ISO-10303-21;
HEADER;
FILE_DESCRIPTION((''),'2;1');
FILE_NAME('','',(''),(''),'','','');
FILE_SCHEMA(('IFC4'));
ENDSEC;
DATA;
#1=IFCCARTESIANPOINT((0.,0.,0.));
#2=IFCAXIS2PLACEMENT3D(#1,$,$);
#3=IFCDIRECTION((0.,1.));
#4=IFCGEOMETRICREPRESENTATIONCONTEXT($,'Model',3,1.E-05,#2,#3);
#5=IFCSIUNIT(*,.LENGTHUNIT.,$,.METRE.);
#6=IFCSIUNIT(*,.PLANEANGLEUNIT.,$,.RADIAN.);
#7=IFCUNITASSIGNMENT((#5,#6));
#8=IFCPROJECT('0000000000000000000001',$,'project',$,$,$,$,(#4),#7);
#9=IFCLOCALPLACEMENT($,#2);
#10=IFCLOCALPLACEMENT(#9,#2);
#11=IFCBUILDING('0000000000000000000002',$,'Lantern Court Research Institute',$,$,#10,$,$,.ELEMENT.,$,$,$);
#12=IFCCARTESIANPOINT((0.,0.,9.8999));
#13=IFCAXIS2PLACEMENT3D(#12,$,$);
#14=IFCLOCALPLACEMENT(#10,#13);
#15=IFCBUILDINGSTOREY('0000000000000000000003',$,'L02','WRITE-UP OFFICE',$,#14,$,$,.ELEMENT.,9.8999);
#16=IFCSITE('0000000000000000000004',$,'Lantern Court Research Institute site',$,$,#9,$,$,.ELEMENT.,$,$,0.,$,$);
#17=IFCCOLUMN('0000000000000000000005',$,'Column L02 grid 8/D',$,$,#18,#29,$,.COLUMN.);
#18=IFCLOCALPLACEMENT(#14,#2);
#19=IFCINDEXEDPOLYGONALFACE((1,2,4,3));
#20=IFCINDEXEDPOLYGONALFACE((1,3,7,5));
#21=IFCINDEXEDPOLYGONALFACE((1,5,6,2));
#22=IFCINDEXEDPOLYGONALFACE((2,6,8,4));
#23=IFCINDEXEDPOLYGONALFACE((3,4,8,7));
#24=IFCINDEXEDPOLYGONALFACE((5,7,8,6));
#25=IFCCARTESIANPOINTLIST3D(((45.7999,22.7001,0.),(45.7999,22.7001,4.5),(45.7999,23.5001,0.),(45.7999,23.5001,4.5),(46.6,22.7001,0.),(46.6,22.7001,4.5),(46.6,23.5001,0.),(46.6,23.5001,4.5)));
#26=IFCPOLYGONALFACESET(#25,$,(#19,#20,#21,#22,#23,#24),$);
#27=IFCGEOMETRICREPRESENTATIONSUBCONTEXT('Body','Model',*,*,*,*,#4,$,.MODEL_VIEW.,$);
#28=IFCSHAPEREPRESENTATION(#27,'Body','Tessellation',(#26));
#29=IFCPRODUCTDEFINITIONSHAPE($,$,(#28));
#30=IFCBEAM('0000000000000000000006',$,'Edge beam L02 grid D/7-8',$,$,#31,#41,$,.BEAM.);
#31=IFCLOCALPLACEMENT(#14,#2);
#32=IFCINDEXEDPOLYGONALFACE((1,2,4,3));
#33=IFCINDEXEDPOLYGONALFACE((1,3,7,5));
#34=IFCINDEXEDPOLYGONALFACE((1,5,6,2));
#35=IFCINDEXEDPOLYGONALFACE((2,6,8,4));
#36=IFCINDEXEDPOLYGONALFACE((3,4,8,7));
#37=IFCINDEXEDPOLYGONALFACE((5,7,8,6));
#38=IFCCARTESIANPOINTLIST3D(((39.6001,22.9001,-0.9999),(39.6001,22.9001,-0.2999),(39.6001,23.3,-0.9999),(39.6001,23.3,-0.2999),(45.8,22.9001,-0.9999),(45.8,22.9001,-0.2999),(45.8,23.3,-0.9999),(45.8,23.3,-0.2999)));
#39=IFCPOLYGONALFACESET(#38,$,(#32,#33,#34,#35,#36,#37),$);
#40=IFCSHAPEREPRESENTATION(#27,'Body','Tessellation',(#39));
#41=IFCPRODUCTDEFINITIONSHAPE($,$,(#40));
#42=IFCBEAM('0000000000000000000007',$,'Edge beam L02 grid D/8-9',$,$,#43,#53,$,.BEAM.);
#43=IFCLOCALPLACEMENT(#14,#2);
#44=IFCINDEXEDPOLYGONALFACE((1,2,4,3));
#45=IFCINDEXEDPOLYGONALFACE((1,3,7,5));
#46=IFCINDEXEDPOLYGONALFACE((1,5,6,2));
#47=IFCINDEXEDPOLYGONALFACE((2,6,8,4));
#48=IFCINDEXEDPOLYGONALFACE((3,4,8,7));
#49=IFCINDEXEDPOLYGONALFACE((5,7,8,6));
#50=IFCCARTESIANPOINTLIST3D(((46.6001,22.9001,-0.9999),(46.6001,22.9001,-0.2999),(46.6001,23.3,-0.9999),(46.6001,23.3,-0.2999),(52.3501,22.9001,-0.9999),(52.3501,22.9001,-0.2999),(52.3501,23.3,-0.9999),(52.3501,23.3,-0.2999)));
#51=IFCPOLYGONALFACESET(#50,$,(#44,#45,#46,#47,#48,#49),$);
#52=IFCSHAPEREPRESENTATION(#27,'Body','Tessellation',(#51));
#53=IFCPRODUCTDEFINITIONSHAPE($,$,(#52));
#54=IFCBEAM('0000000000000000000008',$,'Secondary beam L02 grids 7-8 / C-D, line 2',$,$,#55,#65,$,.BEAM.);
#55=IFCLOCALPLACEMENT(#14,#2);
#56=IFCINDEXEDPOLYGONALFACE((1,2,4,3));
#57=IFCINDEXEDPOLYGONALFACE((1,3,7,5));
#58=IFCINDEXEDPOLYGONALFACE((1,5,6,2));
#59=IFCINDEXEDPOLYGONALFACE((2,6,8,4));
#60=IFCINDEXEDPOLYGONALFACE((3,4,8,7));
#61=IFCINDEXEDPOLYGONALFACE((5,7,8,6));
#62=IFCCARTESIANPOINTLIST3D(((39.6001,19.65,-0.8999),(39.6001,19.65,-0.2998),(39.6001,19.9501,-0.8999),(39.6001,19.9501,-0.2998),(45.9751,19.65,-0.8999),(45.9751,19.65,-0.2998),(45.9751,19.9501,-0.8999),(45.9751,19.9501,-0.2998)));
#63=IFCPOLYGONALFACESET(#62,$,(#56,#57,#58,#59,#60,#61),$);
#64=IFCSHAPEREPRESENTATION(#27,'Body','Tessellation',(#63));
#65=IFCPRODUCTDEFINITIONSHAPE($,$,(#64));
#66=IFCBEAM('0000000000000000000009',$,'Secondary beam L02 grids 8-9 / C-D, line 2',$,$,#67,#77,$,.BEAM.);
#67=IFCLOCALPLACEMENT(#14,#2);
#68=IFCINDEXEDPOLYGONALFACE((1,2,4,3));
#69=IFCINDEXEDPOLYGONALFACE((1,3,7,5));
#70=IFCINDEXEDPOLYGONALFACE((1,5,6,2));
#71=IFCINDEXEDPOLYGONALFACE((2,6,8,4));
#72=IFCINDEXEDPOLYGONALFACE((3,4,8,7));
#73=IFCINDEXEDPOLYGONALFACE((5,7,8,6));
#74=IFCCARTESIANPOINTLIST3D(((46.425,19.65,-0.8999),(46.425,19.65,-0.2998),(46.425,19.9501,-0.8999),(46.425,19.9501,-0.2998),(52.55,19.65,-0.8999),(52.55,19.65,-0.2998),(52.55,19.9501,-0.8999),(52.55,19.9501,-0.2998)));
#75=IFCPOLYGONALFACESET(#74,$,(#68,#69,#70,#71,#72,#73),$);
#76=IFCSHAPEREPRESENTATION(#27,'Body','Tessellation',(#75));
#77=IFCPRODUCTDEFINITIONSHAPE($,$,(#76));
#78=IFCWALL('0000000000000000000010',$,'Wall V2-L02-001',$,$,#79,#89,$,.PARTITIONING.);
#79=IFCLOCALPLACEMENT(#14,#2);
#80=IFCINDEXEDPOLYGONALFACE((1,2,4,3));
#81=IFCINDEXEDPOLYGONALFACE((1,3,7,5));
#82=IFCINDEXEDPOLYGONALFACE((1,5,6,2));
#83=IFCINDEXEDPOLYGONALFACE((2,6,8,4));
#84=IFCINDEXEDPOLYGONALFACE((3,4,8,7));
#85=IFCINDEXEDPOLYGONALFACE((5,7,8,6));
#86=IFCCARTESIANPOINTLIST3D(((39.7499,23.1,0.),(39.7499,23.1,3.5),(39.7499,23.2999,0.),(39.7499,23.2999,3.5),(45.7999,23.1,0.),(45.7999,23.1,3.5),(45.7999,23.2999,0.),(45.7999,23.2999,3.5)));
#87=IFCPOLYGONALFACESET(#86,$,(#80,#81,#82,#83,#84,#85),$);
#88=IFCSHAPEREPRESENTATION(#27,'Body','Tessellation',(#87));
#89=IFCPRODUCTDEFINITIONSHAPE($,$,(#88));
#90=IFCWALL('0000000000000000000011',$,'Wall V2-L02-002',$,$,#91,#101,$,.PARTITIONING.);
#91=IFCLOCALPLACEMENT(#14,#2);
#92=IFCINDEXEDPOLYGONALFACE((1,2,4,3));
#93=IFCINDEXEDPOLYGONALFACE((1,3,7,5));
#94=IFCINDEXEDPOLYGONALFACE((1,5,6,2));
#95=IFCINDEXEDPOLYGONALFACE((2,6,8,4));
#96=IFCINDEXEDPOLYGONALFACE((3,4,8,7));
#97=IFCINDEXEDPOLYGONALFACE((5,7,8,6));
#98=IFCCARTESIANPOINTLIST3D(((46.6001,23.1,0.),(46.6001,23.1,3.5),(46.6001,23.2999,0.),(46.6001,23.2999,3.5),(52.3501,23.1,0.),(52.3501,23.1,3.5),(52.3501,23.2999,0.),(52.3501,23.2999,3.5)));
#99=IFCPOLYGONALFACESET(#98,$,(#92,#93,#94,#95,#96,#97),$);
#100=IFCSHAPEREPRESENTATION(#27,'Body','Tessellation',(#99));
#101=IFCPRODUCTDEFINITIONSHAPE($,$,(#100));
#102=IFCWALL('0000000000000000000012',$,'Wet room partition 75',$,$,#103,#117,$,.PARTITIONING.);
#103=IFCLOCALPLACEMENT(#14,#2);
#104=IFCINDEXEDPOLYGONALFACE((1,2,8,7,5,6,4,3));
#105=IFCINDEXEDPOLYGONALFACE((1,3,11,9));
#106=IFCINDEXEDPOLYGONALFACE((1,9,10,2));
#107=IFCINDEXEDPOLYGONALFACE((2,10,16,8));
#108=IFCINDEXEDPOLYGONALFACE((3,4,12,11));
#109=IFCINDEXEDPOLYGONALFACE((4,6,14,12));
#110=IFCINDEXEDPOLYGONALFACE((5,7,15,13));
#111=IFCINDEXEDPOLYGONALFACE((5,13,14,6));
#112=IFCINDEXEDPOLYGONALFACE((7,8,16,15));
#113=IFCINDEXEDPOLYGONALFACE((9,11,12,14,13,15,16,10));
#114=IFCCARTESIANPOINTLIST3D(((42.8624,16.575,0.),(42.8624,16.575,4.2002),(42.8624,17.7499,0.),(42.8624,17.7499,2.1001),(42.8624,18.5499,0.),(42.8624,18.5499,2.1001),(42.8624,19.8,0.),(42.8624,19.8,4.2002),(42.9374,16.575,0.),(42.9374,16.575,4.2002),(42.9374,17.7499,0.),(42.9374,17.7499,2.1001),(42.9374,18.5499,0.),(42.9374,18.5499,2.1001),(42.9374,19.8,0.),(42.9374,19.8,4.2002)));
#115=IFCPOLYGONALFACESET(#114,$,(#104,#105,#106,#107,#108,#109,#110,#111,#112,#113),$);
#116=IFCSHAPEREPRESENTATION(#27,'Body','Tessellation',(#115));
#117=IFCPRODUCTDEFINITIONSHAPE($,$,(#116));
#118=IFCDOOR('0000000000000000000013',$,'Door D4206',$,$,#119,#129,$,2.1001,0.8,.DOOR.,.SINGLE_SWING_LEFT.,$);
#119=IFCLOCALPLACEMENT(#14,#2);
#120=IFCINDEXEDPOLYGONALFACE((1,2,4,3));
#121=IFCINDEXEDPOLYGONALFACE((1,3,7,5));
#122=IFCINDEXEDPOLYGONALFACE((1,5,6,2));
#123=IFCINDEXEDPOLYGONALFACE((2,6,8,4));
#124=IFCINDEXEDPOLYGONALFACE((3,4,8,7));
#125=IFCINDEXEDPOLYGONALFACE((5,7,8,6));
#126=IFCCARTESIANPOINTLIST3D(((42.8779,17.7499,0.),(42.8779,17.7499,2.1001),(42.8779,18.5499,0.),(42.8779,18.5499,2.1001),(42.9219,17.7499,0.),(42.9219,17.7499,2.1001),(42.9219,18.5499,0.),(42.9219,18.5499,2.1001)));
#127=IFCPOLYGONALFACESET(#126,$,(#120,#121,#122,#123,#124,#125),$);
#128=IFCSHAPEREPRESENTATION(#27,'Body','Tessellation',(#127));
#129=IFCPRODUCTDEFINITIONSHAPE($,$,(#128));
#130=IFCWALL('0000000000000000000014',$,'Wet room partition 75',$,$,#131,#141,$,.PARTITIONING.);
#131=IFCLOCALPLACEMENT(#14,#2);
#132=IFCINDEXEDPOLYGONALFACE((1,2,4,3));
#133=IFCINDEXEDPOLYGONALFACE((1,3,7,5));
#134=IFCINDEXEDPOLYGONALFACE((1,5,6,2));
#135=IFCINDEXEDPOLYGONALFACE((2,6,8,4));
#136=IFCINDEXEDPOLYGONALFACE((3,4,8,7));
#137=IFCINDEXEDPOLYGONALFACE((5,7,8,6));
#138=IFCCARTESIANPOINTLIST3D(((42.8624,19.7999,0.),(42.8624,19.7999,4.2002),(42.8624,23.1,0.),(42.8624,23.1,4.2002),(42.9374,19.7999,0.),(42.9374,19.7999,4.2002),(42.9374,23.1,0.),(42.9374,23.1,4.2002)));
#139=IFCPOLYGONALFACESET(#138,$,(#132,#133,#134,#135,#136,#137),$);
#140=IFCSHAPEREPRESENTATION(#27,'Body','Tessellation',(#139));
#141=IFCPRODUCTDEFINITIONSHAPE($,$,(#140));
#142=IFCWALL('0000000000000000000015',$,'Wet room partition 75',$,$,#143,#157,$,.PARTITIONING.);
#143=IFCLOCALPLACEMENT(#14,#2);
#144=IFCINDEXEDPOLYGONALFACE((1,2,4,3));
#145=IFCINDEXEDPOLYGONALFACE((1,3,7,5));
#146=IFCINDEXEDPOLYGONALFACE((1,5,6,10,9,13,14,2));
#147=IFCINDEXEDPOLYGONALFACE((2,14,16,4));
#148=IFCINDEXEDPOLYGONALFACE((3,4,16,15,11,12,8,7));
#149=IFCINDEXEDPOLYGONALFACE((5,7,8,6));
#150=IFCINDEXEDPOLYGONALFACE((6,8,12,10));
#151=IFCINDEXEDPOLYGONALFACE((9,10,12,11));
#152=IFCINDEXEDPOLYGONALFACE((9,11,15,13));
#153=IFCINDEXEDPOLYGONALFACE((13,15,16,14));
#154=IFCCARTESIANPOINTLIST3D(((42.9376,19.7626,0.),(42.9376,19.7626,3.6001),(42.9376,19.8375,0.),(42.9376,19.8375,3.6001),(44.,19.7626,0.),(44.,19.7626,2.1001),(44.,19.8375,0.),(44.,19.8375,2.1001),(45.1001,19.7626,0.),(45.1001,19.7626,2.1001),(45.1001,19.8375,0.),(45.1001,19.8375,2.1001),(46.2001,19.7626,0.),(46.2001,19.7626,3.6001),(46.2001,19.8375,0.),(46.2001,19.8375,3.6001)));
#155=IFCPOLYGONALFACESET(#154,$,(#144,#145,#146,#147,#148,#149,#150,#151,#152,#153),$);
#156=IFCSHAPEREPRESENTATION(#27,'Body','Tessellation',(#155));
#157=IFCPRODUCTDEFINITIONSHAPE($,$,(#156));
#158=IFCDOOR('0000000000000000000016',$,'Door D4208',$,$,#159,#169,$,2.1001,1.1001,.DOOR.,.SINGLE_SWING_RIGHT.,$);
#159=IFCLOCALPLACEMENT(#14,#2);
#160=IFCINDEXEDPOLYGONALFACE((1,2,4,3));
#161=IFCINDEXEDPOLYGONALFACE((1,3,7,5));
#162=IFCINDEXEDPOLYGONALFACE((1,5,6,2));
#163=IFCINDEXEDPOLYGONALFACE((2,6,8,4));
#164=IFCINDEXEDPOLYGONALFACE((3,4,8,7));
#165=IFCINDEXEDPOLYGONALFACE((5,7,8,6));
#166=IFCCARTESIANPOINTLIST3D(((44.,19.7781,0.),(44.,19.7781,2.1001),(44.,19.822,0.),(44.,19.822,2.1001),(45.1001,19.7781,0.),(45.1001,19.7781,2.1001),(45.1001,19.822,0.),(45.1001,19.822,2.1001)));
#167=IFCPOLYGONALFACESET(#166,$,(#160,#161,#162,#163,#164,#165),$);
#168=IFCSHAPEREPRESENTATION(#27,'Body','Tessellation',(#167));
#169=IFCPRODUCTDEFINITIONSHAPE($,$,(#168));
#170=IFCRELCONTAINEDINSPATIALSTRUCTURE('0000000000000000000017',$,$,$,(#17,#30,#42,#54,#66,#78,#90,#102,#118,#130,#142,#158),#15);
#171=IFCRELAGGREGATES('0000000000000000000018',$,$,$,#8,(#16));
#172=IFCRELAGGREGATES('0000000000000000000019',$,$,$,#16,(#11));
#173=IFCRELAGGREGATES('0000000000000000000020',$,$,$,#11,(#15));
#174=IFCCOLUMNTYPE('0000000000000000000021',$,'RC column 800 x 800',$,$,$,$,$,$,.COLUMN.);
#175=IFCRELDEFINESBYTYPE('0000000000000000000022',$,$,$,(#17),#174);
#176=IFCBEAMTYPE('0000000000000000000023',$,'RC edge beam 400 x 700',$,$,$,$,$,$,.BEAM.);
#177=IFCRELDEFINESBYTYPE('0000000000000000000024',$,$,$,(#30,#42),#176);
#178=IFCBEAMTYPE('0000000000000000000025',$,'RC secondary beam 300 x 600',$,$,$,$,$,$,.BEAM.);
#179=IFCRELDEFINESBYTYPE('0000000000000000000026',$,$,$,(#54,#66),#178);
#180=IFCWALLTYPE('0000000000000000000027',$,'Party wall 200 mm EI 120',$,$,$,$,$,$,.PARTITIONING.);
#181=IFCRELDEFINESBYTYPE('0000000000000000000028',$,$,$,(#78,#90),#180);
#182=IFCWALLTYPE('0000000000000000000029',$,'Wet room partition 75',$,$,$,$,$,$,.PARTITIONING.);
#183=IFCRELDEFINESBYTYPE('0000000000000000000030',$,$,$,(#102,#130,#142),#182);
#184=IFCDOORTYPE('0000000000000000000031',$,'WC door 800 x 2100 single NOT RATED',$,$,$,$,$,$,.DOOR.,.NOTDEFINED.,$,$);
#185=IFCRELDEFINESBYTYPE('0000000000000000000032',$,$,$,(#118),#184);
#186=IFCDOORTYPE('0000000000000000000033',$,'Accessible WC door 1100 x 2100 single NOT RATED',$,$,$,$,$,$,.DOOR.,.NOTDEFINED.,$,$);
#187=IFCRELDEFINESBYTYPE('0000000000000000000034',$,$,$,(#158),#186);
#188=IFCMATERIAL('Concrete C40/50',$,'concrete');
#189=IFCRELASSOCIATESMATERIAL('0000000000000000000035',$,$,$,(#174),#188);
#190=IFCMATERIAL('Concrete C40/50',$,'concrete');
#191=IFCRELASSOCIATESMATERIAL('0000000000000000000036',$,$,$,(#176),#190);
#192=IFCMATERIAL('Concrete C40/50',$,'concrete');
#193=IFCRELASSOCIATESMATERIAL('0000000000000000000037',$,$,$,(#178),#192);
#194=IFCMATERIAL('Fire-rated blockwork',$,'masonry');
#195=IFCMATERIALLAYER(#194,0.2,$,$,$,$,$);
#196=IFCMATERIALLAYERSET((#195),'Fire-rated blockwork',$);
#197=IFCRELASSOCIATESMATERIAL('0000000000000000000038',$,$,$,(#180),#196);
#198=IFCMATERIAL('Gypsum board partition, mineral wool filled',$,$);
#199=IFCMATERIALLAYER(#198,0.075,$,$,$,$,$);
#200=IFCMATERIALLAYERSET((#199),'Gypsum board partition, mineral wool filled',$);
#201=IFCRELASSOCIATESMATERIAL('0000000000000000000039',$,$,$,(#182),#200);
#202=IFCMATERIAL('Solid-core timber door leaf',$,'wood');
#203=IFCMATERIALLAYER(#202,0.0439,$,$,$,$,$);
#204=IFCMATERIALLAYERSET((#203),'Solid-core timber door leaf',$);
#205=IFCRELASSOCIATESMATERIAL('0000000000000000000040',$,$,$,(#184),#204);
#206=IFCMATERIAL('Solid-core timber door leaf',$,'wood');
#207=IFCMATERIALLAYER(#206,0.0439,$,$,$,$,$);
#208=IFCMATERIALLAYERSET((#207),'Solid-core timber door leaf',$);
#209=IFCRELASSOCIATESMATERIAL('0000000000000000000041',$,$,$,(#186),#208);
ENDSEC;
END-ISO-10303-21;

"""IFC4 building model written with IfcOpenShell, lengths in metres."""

from ifc_helpers import new_model, si_unit, direction, frame, frame_2d, origin, origin_2d, place, context, subcontext, project, spatial, rectangle, extrude, material, layer, layer_set, material_profile, profile_set, type_object, element, fill, save


model = new_model("IFC4")

# Units and contexts
model_context = context("Model", 3, precision=1e-05, world=origin(), true_north=direction((0.0, 1.0)))
body_context = subcontext(model_context, "Body", "Model", "MODEL_VIEW")
ifc_project = project(units=[si_unit("LENGTHUNIT", "METRE"), si_unit("PLANEANGLEUNIT", "RADIAN")], contexts=[model_context])

# Site, building, storey
site_placement = place(None, origin())
site = spatial("IfcSite", under=ifc_project, at=site_placement, Name="Lantern Court Research Institute site", CompositionType="ELEMENT", RefElevation=0.0)
building_placement = place(site_placement, origin())
building = spatial("IfcBuilding", under=site, at=building_placement, Name="Lantern Court Research Institute", CompositionType="ELEMENT")
storey_placement = place(building_placement, frame((0.0, 0.0, 9.8999)))
storey = spatial("IfcBuildingStorey", under=building, at=storey_placement, Name="L02", Description="WRITE-UP OFFICE", CompositionType="ELEMENT", Elevation=9.8999)

# Column
ifc_material_1 = material(Name="Concrete C40/50", Category="concrete")
ifc_material_profile_1 = material_profile(ifc_material_1, rectangle(XDim=0.8, YDim=0.8, at=origin_2d()), Name="RC column 800 x 800")
ifc_profile_set_1 = profile_set([ifc_material_profile_1], Name="Concrete C40/50")
column_type = type_object("IfcColumnType", Name="RC column 800 x 800", PredefinedType="COLUMN", material=ifc_profile_set_1)
column_placement = place(storey_placement, frame((46.2, 23.1001, 0.0), z_axis=(0.0, 0.0, 1.0), x_axis=(1.0, 0.0, 0.0)))
element("IfcColumn", 1, at=column_placement, inside=storey, type_object=column_type, Name="Column L02 grid 8/D", PredefinedType="COLUMN", context=body_context, shape_type="SweptSolid", body=[
    extrude(rectangle(XDim=0.8, YDim=0.8, at=origin_2d()), origin(), (0.0, 0.0, 1.0), 4.5),
])

# Beams
ifc_material_2 = material(Name="Concrete C40/50", Category="concrete")
ifc_material_profile_2 = material_profile(ifc_material_2, rectangle(XDim=0.3999, YDim=0.7, at=origin_2d()), Name="RC beam 400 x 700")
ifc_profile_set_2 = profile_set([ifc_material_profile_2], Name="Concrete C40/50")
beam_type_1 = type_object("IfcBeamType", Name="RC edge beam 400 x 700", PredefinedType="BEAM", material=ifc_profile_set_2)
beam_1_placement = place(storey_placement, frame((39.6001, 23.1001, -0.6499), z_axis=(1.0, 0.0, 0.0), x_axis=(0.0, 1.0, 0.0)))
element("IfcBeam", 2, at=beam_1_placement, inside=storey, type_object=beam_type_1, Name="Edge beam L02 grid D/7-8", PredefinedType="BEAM", context=body_context, shape_type="SweptSolid", body=[
    extrude(rectangle(XDim=0.3999, YDim=0.7, at=origin_2d()), origin(), (0.0, 0.0, 1.0), 6.2),
])
beam_2_placement = place(storey_placement, frame((46.6001, 23.1001, -0.6499), z_axis=(1.0, 0.0, 0.0), x_axis=(0.0, 1.0, 0.0)))
element("IfcBeam", 3, at=beam_2_placement, inside=storey, type_object=beam_type_1, Name="Edge beam L02 grid D/8-9", PredefinedType="BEAM", context=body_context, shape_type="SweptSolid", body=[
    extrude(rectangle(XDim=0.3999, YDim=0.7, at=origin_2d()), origin(), (0.0, 0.0, 1.0), 5.75),
])
ifc_material_3 = material(Name="Concrete C40/50", Category="concrete")
ifc_material_profile_3 = material_profile(ifc_material_3, rectangle(XDim=0.3, YDim=0.6001, at=origin_2d()), Name="RC beam 300 x 600")
ifc_profile_set_3 = profile_set([ifc_material_profile_3], Name="Concrete C40/50")
beam_type_2 = type_object("IfcBeamType", Name="RC secondary beam 300 x 600", PredefinedType="BEAM", material=ifc_profile_set_3)
beam_3_placement = place(storey_placement, frame((39.6001, 19.8, -0.5999), z_axis=(1.0, 0.0, 0.0), x_axis=(0.0, 1.0, 0.0)))
element("IfcBeam", 4, at=beam_3_placement, inside=storey, type_object=beam_type_2, Name="Secondary beam L02 grids 7-8 / C-D, line 2", PredefinedType="BEAM", context=body_context, shape_type="SweptSolid", body=[
    extrude(rectangle(XDim=0.3, YDim=0.6001, at=origin_2d()), origin(), (0.0, 0.0, 1.0), 6.375),
])
beam_4_placement = place(storey_placement, frame((46.425, 19.8, -0.5999), z_axis=(1.0, 0.0, 0.0), x_axis=(0.0, 1.0, 0.0)))
element("IfcBeam", 5, at=beam_4_placement, inside=storey, type_object=beam_type_2, Name="Secondary beam L02 grids 8-9 / C-D, line 2", PredefinedType="BEAM", context=body_context, shape_type="SweptSolid", body=[
    extrude(rectangle(XDim=0.3, YDim=0.6001, at=origin_2d()), origin(), (0.0, 0.0, 1.0), 6.125),
])

# Walls
ifc_material_4 = material(Name="Fire-rated blockwork", Category="masonry")
ifc_layer_1 = layer(ifc_material_4, 0.2)
ifc_layer_set_1 = layer_set([ifc_layer_1], Name="Fire-rated blockwork")
wall_type_1 = type_object("IfcWallType", Name="Party wall 200 mm EI 120", PredefinedType="PARTITIONING", material=ifc_layer_set_1)
wall_1_placement = place(storey_placement, frame((39.75, 23.2, 0.0), z_axis=(0.0, 0.0, 1.0), x_axis=(1.0, 0.0, 0.0)))
element("IfcWall", 6, at=wall_1_placement, inside=storey, type_object=wall_type_1, Name="Wall V2-L02-001", PredefinedType="PARTITIONING", context=body_context, shape_type="SweptSolid", body=[
    extrude(rectangle(XDim=6.05, YDim=0.2, at=frame_2d((3.0249, 0.0))), origin(), (0.0, 0.0, 1.0), 3.5),
])
wall_2_placement = place(storey_placement, frame((46.6001, 23.2, 0.0), z_axis=(0.0, 0.0, 1.0), x_axis=(1.0, 0.0, 0.0)))
element("IfcWall", 7, at=wall_2_placement, inside=storey, type_object=wall_type_1, Name="Wall V2-L02-002", PredefinedType="PARTITIONING", context=body_context, shape_type="SweptSolid", body=[
    extrude(rectangle(XDim=5.75, YDim=0.2, at=frame_2d((2.875, 0.0))), origin(), (0.0, 0.0, 1.0), 3.5),
])

# Wall, opening, door
ifc_material_5 = material(Name="Gypsum board partition, mineral wool filled")
ifc_layer_2 = layer(ifc_material_5, 0.075)
ifc_layer_set_2 = layer_set([ifc_layer_2], Name="Gypsum board partition, mineral wool filled")
wall_type_2 = type_object("IfcWallType", Name="Wet room partition 75", PredefinedType="PARTITIONING", material=ifc_layer_set_2)
wall_3_placement = place(storey_placement, frame((42.8999, 16.575, 0.0), z_axis=(0.0, 0.0, 1.0), x_axis=(0.0, 1.0, 0.0)))
wall_3 = element("IfcWall", 8, at=wall_3_placement, inside=storey, type_object=wall_type_2, Name="Wet room partition 75", PredefinedType="PARTITIONING", context=body_context, shape_type="SweptSolid", body=[
    extrude(rectangle(XDim=3.2251, YDim=0.075, at=frame_2d((1.6125, 0.0))), origin(), (0.0, 0.0, 1.0), 4.2002),
])
opening_1_placement = place(wall_3_placement, frame((1.175, 0.0, 0.0)))
opening_1 = element("IfcOpeningElement", 9, at=opening_1_placement, cuts=wall_3, PredefinedType="OPENING", context=body_context, shape_type="SweptSolid", body=[
    extrude(rectangle(XDim=0.8, YDim=2.1001, at=frame_2d((0.3999, 1.05))), frame((0.0, 0.0474, 0.0), z_axis=(0.0, -1.0, 0.0), x_axis=(1.0, 0.0, 0.0)), (0.0, 0.0, 1.0), 0.095),
])
ifc_material_6 = material(Name="Solid-core timber door leaf", Category="wood")
ifc_layer_3 = layer(ifc_material_6, 0.0439)
ifc_layer_set_3 = layer_set([ifc_layer_3], Name="Solid-core timber door leaf")
door_type_1 = type_object("IfcDoorType", Name="WC door 800 x 2100 single NOT RATED", OperationType="NOTDEFINED", PredefinedType="DOOR", material=ifc_layer_set_3)
door_1_placement = place(opening_1_placement, origin())
door_1 = element("IfcDoor", 10, at=door_1_placement, inside=storey, type_object=door_type_1, Name="Door D4206", OperationType="SINGLE_SWING_LEFT", OverallHeight=2.1001, OverallWidth=0.8, PredefinedType="DOOR", context=body_context, shape_type="SweptSolid", body=[
    extrude(rectangle(XDim=0.8, YDim=2.1001, at=frame_2d((0.3999, 1.05))), frame((0.0, 0.022, 0.0), z_axis=(0.0, -1.0, 0.0), x_axis=(1.0, 0.0, 0.0)), (0.0, 0.0, 1.0), 0.0439),
])
fill(opening_1, door_1)

# Wall
wall_4_placement = place(storey_placement, frame((42.8999, 19.8, 0.0), z_axis=(0.0, 0.0, 1.0), x_axis=(0.0, 1.0, 0.0)))
element("IfcWall", 11, at=wall_4_placement, inside=storey, type_object=wall_type_2, Name="Wet room partition 75", PredefinedType="PARTITIONING", context=body_context, shape_type="SweptSolid", body=[
    extrude(rectangle(XDim=3.3, YDim=0.075, at=frame_2d((1.6499, 0.0))), origin(), (0.0, 0.0, 1.0), 4.2002),
])

# Wall, opening, door
wall_5_placement = place(storey_placement, frame((42.9375, 19.8, 0.0), z_axis=(0.0, 0.0, 1.0), x_axis=(1.0, 0.0, 0.0)))
wall_5 = element("IfcWall", 12, at=wall_5_placement, inside=storey, type_object=wall_type_2, Name="Wet room partition 75", PredefinedType="PARTITIONING", context=body_context, shape_type="SweptSolid", body=[
    extrude(rectangle(XDim=3.2625, YDim=0.075, at=frame_2d((1.6313, 0.0))), origin(), (0.0, 0.0, 1.0), 3.6001),
])
opening_2_placement = place(wall_5_placement, frame((1.0625, 0.0, 0.0)))
opening_2 = element("IfcOpeningElement", 13, at=opening_2_placement, cuts=wall_5, PredefinedType="OPENING", context=body_context, shape_type="SweptSolid", body=[
    extrude(rectangle(XDim=1.1001, YDim=2.1001, at=frame_2d((0.55, 1.05))), frame((0.0, 0.0474, 0.0), z_axis=(0.0, -1.0, 0.0), x_axis=(1.0, 0.0, 0.0)), (0.0, 0.0, 1.0), 0.095),
])
ifc_material_7 = material(Name="Solid-core timber door leaf", Category="wood")
ifc_layer_4 = layer(ifc_material_7, 0.0439)
ifc_layer_set_4 = layer_set([ifc_layer_4], Name="Solid-core timber door leaf")
door_type_2 = type_object("IfcDoorType", Name="Accessible WC door 1100 x 2100 single NOT RATED", OperationType="NOTDEFINED", PredefinedType="DOOR", material=ifc_layer_set_4)
door_2_placement = place(opening_2_placement, origin())
door_2 = element("IfcDoor", 14, at=door_2_placement, inside=storey, type_object=door_type_2, Name="Door D4208", OperationType="SINGLE_SWING_RIGHT", OverallHeight=2.1001, OverallWidth=1.1001, PredefinedType="DOOR", context=body_context, shape_type="SweptSolid", body=[
    extrude(rectangle(XDim=1.1001, YDim=2.1001, at=frame_2d((0.55, 1.05))), frame((0.0, 0.022, 0.0), z_axis=(0.0, -1.0, 0.0), x_axis=(1.0, 0.0, 0.0)), (0.0, 0.0, 1.0), 0.0439),
])
fill(opening_2, door_2)

save(model, "model.ifc")
